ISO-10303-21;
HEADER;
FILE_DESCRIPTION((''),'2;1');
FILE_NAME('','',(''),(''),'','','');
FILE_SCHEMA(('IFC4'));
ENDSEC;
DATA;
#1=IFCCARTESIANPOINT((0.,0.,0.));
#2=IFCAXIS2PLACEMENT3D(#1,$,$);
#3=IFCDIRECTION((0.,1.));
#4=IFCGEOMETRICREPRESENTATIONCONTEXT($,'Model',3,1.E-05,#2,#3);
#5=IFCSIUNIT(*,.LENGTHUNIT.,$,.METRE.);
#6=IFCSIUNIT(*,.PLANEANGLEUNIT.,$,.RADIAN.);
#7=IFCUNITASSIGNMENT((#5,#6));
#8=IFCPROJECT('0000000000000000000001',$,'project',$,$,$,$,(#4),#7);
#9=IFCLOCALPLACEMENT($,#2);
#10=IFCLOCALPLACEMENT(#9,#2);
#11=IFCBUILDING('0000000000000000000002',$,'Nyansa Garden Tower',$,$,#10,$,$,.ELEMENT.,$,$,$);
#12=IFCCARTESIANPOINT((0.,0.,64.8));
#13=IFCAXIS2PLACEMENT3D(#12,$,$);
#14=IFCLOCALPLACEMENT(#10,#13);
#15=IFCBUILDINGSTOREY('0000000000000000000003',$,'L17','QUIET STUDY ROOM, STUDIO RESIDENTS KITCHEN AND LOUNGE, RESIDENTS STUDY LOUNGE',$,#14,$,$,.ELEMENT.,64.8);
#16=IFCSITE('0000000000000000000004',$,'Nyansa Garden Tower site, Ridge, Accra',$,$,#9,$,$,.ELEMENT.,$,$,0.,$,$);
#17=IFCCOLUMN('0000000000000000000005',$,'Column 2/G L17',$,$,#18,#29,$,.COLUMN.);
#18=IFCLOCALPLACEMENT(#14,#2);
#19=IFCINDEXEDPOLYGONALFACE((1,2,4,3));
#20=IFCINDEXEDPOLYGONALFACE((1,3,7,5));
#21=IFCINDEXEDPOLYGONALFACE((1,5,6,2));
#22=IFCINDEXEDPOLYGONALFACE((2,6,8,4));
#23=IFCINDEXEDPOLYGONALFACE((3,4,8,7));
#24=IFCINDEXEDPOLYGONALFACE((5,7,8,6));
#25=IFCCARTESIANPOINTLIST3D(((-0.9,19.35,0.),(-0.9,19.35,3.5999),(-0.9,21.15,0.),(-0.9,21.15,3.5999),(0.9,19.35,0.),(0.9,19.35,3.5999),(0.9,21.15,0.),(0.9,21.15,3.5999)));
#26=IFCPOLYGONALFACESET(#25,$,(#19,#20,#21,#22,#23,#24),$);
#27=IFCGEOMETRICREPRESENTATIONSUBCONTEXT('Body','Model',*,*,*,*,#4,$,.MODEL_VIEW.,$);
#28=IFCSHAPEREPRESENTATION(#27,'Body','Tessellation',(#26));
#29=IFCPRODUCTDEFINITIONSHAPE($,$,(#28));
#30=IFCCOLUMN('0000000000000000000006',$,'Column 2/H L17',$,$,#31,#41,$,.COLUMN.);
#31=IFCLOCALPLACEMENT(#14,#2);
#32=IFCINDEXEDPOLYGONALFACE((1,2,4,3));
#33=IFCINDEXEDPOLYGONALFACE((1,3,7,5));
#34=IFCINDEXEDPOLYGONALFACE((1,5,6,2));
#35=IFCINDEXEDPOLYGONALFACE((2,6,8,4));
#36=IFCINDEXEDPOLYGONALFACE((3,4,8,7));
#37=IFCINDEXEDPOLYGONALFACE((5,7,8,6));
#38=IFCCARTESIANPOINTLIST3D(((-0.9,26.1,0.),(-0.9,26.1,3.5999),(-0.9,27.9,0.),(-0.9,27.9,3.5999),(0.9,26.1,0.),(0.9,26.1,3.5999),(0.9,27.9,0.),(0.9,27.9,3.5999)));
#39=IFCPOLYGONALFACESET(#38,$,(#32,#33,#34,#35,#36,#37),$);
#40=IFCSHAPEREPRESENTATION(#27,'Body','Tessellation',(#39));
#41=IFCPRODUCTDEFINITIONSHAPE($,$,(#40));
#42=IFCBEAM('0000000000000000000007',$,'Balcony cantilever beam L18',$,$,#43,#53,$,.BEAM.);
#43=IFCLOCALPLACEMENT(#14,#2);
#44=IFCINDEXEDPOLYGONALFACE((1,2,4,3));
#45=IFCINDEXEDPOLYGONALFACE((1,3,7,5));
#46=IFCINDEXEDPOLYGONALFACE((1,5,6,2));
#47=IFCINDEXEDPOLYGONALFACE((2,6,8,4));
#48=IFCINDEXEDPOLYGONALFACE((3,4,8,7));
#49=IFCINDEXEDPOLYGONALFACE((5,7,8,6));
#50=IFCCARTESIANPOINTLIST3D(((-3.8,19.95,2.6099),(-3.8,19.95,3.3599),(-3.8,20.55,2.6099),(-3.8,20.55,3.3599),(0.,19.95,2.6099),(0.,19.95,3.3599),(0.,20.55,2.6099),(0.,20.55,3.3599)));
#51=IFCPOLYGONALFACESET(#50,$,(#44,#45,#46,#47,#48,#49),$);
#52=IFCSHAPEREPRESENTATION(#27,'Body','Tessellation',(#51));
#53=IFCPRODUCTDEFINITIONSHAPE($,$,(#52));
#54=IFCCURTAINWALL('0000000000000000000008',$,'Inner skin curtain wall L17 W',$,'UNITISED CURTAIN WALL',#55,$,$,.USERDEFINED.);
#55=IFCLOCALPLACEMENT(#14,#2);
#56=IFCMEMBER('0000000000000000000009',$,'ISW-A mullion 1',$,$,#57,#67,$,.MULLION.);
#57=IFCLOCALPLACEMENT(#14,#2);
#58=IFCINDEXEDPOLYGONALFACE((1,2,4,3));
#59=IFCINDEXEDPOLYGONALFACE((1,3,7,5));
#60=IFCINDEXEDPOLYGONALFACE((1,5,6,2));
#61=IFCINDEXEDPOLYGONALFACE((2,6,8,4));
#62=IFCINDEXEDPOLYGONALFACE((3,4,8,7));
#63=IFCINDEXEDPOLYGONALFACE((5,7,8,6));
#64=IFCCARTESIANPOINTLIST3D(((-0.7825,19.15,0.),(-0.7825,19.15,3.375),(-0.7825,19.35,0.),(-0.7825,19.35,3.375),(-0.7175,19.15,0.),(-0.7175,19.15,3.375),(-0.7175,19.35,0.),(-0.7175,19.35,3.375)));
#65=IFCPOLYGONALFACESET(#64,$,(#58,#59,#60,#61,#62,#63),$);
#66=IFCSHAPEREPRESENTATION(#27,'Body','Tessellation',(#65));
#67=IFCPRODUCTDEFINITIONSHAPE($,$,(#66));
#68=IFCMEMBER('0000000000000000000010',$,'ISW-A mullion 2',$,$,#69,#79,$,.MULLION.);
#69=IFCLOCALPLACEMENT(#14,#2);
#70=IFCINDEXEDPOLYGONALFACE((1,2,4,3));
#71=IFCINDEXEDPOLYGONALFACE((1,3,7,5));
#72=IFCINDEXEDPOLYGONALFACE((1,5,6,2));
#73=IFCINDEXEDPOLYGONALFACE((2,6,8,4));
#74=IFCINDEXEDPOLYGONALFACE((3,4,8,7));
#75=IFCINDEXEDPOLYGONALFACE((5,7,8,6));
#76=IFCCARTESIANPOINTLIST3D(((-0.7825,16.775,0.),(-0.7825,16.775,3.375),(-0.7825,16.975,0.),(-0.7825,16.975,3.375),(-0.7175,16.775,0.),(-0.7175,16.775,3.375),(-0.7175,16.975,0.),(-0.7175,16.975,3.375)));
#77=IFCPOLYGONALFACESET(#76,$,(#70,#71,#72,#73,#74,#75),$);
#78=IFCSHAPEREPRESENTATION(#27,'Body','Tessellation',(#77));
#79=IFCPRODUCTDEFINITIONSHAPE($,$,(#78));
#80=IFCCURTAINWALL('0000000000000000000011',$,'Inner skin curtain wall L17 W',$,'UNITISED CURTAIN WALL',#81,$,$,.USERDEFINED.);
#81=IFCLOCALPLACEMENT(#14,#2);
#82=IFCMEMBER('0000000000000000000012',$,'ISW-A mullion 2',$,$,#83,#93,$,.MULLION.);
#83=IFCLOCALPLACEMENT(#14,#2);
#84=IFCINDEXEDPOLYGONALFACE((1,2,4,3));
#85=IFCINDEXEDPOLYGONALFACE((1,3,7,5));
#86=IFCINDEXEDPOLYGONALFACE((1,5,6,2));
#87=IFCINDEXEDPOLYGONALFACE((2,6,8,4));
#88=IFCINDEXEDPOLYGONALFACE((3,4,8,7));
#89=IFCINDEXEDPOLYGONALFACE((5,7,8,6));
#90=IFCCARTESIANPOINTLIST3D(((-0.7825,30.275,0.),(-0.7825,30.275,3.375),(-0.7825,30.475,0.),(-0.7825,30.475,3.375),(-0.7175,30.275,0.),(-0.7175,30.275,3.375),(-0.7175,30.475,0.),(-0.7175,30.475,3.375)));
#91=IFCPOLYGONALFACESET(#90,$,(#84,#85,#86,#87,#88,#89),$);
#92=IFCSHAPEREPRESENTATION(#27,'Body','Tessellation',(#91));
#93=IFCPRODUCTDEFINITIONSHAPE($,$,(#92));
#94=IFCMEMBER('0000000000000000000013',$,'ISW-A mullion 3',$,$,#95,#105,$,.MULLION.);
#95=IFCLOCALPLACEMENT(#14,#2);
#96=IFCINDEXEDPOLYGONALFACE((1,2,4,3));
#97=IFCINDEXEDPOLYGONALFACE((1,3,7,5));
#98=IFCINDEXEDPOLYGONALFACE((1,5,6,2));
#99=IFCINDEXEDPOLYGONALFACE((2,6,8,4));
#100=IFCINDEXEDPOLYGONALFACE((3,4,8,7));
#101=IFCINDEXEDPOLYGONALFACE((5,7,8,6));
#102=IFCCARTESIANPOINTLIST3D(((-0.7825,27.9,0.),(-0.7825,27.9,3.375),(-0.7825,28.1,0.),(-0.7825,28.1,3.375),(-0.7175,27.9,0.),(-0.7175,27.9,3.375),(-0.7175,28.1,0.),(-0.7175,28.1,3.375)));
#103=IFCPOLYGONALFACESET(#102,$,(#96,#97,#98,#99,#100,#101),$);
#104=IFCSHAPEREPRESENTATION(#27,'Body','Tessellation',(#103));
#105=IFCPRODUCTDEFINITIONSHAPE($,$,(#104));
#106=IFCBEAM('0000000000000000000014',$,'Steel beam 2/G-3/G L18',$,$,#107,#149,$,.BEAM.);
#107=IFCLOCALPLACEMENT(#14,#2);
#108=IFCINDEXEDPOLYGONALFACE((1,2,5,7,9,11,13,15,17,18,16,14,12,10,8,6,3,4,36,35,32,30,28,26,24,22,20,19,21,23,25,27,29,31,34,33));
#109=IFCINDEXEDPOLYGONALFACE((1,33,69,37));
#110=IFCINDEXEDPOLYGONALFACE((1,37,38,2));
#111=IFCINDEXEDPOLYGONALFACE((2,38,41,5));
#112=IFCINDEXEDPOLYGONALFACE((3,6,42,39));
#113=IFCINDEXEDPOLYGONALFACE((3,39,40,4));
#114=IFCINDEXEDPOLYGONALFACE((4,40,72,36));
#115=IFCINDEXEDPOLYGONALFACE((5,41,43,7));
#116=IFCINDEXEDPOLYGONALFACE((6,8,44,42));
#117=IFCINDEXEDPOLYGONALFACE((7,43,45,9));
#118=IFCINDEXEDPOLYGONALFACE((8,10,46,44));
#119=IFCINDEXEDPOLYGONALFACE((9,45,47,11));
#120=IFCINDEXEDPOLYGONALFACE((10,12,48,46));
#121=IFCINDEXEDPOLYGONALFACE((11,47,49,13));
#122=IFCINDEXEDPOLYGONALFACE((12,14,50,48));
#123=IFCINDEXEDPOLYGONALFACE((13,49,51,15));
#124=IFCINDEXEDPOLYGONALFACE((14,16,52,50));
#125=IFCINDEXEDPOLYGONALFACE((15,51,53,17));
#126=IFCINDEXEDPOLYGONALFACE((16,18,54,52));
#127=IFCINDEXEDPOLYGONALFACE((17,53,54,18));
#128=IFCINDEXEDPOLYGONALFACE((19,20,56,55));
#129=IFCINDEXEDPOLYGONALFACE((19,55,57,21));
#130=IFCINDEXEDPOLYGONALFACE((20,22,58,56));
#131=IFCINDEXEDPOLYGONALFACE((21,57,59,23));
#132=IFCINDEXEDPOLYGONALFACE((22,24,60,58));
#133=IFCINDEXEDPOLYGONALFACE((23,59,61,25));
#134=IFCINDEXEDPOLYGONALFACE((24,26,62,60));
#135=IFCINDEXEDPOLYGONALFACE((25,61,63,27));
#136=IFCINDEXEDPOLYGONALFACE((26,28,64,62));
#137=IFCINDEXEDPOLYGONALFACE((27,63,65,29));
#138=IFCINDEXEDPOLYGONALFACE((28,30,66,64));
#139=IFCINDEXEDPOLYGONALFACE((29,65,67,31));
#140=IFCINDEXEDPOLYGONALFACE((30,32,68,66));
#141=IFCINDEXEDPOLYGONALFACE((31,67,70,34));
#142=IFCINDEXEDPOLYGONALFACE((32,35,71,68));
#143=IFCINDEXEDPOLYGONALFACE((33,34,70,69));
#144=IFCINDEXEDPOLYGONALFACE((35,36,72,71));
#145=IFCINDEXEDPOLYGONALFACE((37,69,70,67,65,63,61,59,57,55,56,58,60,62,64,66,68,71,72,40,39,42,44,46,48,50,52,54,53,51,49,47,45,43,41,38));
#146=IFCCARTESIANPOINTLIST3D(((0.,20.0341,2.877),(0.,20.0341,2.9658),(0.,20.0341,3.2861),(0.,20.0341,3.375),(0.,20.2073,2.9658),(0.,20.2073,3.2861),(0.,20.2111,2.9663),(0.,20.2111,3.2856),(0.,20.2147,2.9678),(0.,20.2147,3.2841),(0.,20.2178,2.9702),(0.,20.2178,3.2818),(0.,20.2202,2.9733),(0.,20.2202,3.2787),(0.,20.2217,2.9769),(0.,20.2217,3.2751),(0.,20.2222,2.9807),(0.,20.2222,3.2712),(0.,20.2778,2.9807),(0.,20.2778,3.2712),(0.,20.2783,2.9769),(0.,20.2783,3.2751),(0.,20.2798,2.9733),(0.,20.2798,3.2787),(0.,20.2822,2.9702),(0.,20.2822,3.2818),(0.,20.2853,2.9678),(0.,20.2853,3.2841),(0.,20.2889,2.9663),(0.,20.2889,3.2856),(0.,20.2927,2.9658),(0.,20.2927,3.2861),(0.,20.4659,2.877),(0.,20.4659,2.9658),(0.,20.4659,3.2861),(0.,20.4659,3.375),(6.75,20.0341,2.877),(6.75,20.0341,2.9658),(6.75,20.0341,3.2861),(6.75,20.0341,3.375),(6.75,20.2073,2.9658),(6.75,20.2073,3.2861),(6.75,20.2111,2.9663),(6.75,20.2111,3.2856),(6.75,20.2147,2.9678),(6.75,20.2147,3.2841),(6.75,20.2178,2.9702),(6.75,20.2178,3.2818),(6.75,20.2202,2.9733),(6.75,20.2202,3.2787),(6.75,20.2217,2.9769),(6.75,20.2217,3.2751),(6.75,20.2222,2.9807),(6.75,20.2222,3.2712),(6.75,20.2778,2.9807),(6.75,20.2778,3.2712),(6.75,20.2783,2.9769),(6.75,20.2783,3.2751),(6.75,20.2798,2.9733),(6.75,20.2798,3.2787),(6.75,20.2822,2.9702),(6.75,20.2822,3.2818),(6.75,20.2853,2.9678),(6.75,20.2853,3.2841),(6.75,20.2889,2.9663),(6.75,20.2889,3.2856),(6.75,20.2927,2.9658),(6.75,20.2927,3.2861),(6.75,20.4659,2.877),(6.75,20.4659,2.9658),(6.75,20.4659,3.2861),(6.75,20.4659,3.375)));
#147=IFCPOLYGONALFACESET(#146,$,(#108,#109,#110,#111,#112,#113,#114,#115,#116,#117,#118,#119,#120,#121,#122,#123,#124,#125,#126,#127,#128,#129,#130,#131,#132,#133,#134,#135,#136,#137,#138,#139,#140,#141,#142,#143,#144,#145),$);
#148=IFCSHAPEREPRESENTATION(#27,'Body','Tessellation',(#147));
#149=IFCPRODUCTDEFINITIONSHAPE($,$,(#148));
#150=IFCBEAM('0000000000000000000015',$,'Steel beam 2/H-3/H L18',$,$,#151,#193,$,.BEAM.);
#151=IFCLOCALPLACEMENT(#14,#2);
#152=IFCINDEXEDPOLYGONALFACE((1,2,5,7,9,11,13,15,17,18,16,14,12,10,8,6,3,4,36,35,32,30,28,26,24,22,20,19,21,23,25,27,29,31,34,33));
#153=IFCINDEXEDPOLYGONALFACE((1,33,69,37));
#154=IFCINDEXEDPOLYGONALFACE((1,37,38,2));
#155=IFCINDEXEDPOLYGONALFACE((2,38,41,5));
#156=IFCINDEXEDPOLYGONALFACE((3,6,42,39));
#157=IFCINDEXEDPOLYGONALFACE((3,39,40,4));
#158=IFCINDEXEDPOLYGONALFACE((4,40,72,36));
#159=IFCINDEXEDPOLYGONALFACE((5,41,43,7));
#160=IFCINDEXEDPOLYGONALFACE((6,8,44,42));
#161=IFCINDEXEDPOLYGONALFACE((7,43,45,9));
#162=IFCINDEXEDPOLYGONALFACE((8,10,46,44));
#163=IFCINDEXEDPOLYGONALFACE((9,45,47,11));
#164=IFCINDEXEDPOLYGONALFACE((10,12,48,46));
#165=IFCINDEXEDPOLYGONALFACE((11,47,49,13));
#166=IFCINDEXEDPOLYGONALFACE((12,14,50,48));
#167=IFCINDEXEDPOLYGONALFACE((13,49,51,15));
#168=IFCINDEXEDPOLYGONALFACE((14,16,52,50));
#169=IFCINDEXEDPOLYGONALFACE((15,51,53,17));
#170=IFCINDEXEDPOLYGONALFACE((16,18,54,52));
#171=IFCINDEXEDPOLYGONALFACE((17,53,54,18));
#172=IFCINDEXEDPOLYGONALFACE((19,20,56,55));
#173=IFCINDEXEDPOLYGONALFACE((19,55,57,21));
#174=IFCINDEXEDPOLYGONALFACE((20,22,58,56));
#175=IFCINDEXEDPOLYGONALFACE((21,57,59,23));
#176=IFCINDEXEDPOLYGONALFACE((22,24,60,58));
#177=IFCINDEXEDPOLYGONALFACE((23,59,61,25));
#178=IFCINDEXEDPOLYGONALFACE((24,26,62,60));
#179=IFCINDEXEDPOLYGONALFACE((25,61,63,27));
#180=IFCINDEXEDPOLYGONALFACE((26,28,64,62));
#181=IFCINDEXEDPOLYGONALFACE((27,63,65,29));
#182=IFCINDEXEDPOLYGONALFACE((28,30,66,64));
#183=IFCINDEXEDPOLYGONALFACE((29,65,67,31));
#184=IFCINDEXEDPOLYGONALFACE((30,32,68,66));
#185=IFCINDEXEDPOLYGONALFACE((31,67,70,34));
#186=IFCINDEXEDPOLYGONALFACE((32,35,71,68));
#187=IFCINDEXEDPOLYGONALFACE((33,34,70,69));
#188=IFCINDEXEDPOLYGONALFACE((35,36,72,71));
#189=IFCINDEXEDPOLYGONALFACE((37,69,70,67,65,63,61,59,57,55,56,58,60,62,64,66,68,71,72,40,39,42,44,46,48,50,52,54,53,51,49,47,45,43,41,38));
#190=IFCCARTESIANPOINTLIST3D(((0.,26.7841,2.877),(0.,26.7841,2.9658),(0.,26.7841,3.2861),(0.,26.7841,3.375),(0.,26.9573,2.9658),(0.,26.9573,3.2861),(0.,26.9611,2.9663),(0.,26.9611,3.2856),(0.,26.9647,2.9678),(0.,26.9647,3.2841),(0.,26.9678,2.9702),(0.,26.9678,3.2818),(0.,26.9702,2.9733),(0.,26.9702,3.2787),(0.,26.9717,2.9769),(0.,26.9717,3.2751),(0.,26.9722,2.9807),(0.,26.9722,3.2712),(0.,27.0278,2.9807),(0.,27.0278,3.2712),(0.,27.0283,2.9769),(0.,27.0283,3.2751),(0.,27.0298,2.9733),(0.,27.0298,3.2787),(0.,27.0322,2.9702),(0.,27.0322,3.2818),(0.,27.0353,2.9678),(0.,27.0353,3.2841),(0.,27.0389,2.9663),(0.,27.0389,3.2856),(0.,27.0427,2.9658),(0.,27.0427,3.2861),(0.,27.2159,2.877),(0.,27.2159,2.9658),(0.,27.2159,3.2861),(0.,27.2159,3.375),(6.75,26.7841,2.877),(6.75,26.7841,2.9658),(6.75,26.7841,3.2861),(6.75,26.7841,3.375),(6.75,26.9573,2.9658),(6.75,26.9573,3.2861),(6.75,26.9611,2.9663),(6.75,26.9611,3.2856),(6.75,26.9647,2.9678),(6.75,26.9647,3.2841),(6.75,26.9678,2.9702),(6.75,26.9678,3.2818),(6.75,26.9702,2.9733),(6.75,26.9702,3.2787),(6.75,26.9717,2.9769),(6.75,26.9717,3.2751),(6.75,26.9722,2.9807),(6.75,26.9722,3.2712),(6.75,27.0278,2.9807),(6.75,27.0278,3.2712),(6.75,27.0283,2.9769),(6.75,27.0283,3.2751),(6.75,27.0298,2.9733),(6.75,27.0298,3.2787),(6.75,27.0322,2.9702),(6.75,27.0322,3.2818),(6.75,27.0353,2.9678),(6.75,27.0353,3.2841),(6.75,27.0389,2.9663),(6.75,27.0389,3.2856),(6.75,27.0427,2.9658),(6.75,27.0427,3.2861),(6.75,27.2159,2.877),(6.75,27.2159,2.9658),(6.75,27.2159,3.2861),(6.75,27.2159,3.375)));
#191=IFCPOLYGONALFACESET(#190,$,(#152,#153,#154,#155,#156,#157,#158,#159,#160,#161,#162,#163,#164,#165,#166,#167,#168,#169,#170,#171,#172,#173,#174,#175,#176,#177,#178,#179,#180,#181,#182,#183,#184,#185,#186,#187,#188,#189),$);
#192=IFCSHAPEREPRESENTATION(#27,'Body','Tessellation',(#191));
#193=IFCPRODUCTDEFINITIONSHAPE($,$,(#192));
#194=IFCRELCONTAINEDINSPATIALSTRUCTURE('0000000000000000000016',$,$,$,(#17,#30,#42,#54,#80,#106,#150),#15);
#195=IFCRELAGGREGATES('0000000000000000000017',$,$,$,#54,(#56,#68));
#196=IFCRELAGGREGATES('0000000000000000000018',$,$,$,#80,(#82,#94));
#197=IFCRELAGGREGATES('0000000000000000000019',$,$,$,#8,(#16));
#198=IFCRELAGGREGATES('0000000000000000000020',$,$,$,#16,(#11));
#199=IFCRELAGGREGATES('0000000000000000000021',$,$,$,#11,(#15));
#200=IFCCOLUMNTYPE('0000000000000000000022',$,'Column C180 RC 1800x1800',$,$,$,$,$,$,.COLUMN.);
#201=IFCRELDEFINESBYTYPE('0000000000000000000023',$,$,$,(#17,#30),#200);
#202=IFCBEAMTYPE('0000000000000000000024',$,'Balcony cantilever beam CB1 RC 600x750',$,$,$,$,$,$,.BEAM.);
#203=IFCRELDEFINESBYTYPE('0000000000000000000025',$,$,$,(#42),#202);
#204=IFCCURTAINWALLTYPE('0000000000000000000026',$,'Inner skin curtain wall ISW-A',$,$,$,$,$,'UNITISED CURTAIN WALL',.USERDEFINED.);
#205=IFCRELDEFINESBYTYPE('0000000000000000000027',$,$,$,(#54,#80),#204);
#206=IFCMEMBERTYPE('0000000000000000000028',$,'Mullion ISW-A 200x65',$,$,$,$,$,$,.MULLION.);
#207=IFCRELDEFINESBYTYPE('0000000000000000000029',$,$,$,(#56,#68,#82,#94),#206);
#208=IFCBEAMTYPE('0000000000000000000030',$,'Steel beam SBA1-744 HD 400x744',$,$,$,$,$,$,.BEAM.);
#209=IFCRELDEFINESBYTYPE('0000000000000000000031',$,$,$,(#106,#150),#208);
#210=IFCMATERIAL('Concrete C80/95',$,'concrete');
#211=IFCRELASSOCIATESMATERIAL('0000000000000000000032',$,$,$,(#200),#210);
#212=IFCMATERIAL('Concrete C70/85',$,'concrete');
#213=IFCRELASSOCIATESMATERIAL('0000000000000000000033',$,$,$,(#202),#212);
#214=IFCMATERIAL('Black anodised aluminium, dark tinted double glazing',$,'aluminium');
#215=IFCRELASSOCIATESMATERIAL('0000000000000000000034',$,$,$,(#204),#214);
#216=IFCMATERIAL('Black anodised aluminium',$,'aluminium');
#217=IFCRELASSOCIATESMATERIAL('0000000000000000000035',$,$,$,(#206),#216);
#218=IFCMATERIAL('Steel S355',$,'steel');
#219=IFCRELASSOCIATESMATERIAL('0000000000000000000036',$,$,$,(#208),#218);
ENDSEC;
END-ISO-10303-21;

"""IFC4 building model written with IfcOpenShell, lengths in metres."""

from ifc_helpers import new_model, si_unit, direction, frame, origin, origin_2d, place, context, subcontext, project, spatial, rectangle, i_section, extrude, material, material_profile, profile_set, type_object, element, aggregate, save


model = new_model("IFC4")

# Units and contexts
model_context = context("Model", 3, precision=1e-05, world=origin(), true_north=direction((0.0, 1.0)))
body_context = subcontext(model_context, "Body", "Model", "MODEL_VIEW")
ifc_project = project(units=[si_unit("LENGTHUNIT", "METRE"), si_unit("PLANEANGLEUNIT", "RADIAN")], contexts=[model_context])

# Site, building, storey
site_placement = place(None, origin())
site = spatial("IfcSite", under=ifc_project, at=site_placement, Name="Nyansa Garden Tower site, Ridge, Accra", CompositionType="ELEMENT", RefElevation=0.0)
building_placement = place(site_placement, origin())
building = spatial("IfcBuilding", under=site, at=building_placement, Name="Nyansa Garden Tower", CompositionType="ELEMENT")
storey_placement = place(building_placement, frame((0.0, 0.0, 64.8)))
storey = spatial("IfcBuildingStorey", under=building, at=storey_placement, Name="L17", Description="QUIET STUDY ROOM, STUDIO RESIDENTS KITCHEN AND LOUNGE, RESIDENTS STUDY LOUNGE", CompositionType="ELEMENT", Elevation=64.8)

# Columns
ifc_material_1 = material(Name="Concrete C80/95", Category="concrete")
ifc_material_profile_1 = material_profile(ifc_material_1, rectangle(XDim=1.8, YDim=1.8, at=origin_2d()), Name="RC 1800x1800")
ifc_profile_set_1 = profile_set([ifc_material_profile_1], Name="Concrete C80/95")
column_type = type_object("IfcColumnType", Name="Column C180 RC 1800x1800", PredefinedType="COLUMN", material=ifc_profile_set_1)
for number, where, z_axis, x_axis, name in (
    (1, (0.0, 20.25, 0.0), (0.0, 0.0, 1.0), (1.0, 0.0, 0.0), "Column 2/G L17"),
    (2, (0.0, 27.0, 0.0), (0.0, 0.0, 1.0), (1.0, 0.0, 0.0), "Column 2/H L17"),
):
    element("IfcColumn", number, at=place(storey_placement, frame(where, z_axis=z_axis, x_axis=x_axis)), inside=storey, type_object=column_type, Name=name, PredefinedType="COLUMN", context=body_context, shape_type="SweptSolid", body=[
        extrude(rectangle(XDim=1.8, YDim=1.8, at=origin_2d()), origin(), (0.0, 0.0, 1.0), 3.5999),
    ])

# Beam
ifc_material_2 = material(Name="Concrete C70/85", Category="concrete")
ifc_material_profile_2 = material_profile(ifc_material_2, rectangle(XDim=0.6001, YDim=0.75, at=origin_2d()), Name="RC 600x750")
ifc_profile_set_2 = profile_set([ifc_material_profile_2], Name="Concrete C70/85")
beam_type_1 = type_object("IfcBeamType", Name="Balcony cantilever beam CB1 RC 600x750", PredefinedType="BEAM", material=ifc_profile_set_2)
beam_placement = place(storey_placement, frame((0.0, 20.25, 2.9849), z_axis=(-1.0, 0.0, 0.0), x_axis=(0.0, -1.0, 0.0)))
element("IfcBeam", 3, at=beam_placement, inside=storey, type_object=beam_type_1, Name="Balcony cantilever beam L18", PredefinedType="BEAM", context=body_context, shape_type="SweptSolid", body=[
    extrude(rectangle(XDim=0.6001, YDim=0.75, at=origin_2d()), origin(), (0.0, 0.0, 1.0), 3.8),
])

# Curtain walls, members
ifc_material_3 = material(Name="Black anodised aluminium, dark tinted double glazing", Category="aluminium")
curtain_wall_type = type_object("IfcCurtainWallType", Name="Inner skin curtain wall ISW-A", ElementType="UNITISED CURTAIN WALL", PredefinedType="USERDEFINED", material=ifc_material_3)
curtain_wall_1_placement = place(storey_placement, origin())
curtain_wall_1 = element("IfcCurtainWall", 4, at=curtain_wall_1_placement, inside=storey, type_object=curtain_wall_type, Name="Inner skin curtain wall L17 W", ObjectType="UNITISED CURTAIN WALL", PredefinedType="USERDEFINED")
ifc_material_4 = material(Name="Black anodised aluminium", Category="aluminium")
ifc_material_profile_3 = material_profile(ifc_material_4, rectangle(XDim=0.0649, YDim=0.2, at=origin_2d()), Name="Mullion 200x65")
ifc_profile_set_3 = profile_set([ifc_material_profile_3], Name="Black anodised aluminium")
member_type_1 = type_object("IfcMemberType", Name="Mullion ISW-A 200x65", PredefinedType="MULLION", material=ifc_profile_set_3)
member_1_placement = place(storey_placement, frame((-0.75, 19.25, 0.0), z_axis=(0.0, 0.0, 1.0), x_axis=(1.0, 0.0, 0.0)))
member_1 = element("IfcMember", 5, at=member_1_placement, type_object=member_type_1, Name="ISW-A mullion 1", PredefinedType="MULLION", context=body_context, shape_type="SweptSolid", body=[
    extrude(rectangle(XDim=0.0649, YDim=0.2, at=origin_2d()), origin(), (0.0, 0.0, 1.0), 3.375),
])
member_2_placement = place(storey_placement, frame((-0.75, 16.875, 0.0), z_axis=(0.0, 0.0, 1.0), x_axis=(1.0, 0.0, 0.0)))
member_2 = element("IfcMember", 6, at=member_2_placement, type_object=member_type_1, Name="ISW-A mullion 2", PredefinedType="MULLION", context=body_context, shape_type="SweptSolid", body=[
    extrude(rectangle(XDim=0.0649, YDim=0.2, at=origin_2d()), origin(), (0.0, 0.0, 1.0), 3.375),
])
curtain_wall_2_placement = place(storey_placement, origin())
curtain_wall_2 = element("IfcCurtainWall", 7, at=curtain_wall_2_placement, inside=storey, type_object=curtain_wall_type, Name="Inner skin curtain wall L17 W", ObjectType="UNITISED CURTAIN WALL", PredefinedType="USERDEFINED")
member_3_placement = place(storey_placement, frame((-0.75, 30.375, 0.0), z_axis=(0.0, 0.0, 1.0), x_axis=(1.0, 0.0, 0.0)))
member_3 = element("IfcMember", 8, at=member_3_placement, type_object=member_type_1, Name="ISW-A mullion 2", PredefinedType="MULLION", context=body_context, shape_type="SweptSolid", body=[
    extrude(rectangle(XDim=0.0649, YDim=0.2, at=origin_2d()), origin(), (0.0, 0.0, 1.0), 3.375),
])
member_4_placement = place(storey_placement, frame((-0.75, 28.0, 0.0), z_axis=(0.0, 0.0, 1.0), x_axis=(1.0, 0.0, 0.0)))
member_4 = element("IfcMember", 9, at=member_4_placement, type_object=member_type_1, Name="ISW-A mullion 3", PredefinedType="MULLION", context=body_context, shape_type="SweptSolid", body=[
    extrude(rectangle(XDim=0.0649, YDim=0.2, at=origin_2d()), origin(), (0.0, 0.0, 1.0), 3.375),
])

# Beams
ifc_material_5 = material(Name="Steel S355", Category="steel")
ifc_material_profile_4 = material_profile(ifc_material_5, i_section(OverallWidth=0.4319, OverallDepth=0.498, WebThickness=0.0557, FlangeThickness=0.0889, FilletRadius=0.0149, at=origin_2d()), Name="HD 400x744")
ifc_profile_set_4 = profile_set([ifc_material_profile_4], Name="Steel S355")
beam_type_2 = type_object("IfcBeamType", Name="Steel beam SBA1-744 HD 400x744", PredefinedType="BEAM", material=ifc_profile_set_4)
for number, where, z_axis, x_axis, name in (
    (10, (0.0, 20.25, 3.126), (1.0, 0.0, 0.0), (0.0, 1.0, 0.0), "Steel beam 2/G-3/G L18"),
    (11, (0.0, 27.0, 3.126), (1.0, 0.0, 0.0), (0.0, 1.0, 0.0), "Steel beam 2/H-3/H L18"),
):
    element("IfcBeam", number, at=place(storey_placement, frame(where, z_axis=z_axis, x_axis=x_axis)), inside=storey, type_object=beam_type_2, Name=name, PredefinedType="BEAM", context=body_context, shape_type="SweptSolid", body=[
        extrude(i_section(OverallWidth=0.4319, OverallDepth=0.498, WebThickness=0.0557, FlangeThickness=0.0889, FilletRadius=0.0149, at=origin_2d()), origin(), (0.0, 0.0, 1.0), 6.75),
    ])

aggregate(curtain_wall_1, [member_1, member_2])
aggregate(curtain_wall_2, [member_3, member_4])

save(model, "model.ifc")
